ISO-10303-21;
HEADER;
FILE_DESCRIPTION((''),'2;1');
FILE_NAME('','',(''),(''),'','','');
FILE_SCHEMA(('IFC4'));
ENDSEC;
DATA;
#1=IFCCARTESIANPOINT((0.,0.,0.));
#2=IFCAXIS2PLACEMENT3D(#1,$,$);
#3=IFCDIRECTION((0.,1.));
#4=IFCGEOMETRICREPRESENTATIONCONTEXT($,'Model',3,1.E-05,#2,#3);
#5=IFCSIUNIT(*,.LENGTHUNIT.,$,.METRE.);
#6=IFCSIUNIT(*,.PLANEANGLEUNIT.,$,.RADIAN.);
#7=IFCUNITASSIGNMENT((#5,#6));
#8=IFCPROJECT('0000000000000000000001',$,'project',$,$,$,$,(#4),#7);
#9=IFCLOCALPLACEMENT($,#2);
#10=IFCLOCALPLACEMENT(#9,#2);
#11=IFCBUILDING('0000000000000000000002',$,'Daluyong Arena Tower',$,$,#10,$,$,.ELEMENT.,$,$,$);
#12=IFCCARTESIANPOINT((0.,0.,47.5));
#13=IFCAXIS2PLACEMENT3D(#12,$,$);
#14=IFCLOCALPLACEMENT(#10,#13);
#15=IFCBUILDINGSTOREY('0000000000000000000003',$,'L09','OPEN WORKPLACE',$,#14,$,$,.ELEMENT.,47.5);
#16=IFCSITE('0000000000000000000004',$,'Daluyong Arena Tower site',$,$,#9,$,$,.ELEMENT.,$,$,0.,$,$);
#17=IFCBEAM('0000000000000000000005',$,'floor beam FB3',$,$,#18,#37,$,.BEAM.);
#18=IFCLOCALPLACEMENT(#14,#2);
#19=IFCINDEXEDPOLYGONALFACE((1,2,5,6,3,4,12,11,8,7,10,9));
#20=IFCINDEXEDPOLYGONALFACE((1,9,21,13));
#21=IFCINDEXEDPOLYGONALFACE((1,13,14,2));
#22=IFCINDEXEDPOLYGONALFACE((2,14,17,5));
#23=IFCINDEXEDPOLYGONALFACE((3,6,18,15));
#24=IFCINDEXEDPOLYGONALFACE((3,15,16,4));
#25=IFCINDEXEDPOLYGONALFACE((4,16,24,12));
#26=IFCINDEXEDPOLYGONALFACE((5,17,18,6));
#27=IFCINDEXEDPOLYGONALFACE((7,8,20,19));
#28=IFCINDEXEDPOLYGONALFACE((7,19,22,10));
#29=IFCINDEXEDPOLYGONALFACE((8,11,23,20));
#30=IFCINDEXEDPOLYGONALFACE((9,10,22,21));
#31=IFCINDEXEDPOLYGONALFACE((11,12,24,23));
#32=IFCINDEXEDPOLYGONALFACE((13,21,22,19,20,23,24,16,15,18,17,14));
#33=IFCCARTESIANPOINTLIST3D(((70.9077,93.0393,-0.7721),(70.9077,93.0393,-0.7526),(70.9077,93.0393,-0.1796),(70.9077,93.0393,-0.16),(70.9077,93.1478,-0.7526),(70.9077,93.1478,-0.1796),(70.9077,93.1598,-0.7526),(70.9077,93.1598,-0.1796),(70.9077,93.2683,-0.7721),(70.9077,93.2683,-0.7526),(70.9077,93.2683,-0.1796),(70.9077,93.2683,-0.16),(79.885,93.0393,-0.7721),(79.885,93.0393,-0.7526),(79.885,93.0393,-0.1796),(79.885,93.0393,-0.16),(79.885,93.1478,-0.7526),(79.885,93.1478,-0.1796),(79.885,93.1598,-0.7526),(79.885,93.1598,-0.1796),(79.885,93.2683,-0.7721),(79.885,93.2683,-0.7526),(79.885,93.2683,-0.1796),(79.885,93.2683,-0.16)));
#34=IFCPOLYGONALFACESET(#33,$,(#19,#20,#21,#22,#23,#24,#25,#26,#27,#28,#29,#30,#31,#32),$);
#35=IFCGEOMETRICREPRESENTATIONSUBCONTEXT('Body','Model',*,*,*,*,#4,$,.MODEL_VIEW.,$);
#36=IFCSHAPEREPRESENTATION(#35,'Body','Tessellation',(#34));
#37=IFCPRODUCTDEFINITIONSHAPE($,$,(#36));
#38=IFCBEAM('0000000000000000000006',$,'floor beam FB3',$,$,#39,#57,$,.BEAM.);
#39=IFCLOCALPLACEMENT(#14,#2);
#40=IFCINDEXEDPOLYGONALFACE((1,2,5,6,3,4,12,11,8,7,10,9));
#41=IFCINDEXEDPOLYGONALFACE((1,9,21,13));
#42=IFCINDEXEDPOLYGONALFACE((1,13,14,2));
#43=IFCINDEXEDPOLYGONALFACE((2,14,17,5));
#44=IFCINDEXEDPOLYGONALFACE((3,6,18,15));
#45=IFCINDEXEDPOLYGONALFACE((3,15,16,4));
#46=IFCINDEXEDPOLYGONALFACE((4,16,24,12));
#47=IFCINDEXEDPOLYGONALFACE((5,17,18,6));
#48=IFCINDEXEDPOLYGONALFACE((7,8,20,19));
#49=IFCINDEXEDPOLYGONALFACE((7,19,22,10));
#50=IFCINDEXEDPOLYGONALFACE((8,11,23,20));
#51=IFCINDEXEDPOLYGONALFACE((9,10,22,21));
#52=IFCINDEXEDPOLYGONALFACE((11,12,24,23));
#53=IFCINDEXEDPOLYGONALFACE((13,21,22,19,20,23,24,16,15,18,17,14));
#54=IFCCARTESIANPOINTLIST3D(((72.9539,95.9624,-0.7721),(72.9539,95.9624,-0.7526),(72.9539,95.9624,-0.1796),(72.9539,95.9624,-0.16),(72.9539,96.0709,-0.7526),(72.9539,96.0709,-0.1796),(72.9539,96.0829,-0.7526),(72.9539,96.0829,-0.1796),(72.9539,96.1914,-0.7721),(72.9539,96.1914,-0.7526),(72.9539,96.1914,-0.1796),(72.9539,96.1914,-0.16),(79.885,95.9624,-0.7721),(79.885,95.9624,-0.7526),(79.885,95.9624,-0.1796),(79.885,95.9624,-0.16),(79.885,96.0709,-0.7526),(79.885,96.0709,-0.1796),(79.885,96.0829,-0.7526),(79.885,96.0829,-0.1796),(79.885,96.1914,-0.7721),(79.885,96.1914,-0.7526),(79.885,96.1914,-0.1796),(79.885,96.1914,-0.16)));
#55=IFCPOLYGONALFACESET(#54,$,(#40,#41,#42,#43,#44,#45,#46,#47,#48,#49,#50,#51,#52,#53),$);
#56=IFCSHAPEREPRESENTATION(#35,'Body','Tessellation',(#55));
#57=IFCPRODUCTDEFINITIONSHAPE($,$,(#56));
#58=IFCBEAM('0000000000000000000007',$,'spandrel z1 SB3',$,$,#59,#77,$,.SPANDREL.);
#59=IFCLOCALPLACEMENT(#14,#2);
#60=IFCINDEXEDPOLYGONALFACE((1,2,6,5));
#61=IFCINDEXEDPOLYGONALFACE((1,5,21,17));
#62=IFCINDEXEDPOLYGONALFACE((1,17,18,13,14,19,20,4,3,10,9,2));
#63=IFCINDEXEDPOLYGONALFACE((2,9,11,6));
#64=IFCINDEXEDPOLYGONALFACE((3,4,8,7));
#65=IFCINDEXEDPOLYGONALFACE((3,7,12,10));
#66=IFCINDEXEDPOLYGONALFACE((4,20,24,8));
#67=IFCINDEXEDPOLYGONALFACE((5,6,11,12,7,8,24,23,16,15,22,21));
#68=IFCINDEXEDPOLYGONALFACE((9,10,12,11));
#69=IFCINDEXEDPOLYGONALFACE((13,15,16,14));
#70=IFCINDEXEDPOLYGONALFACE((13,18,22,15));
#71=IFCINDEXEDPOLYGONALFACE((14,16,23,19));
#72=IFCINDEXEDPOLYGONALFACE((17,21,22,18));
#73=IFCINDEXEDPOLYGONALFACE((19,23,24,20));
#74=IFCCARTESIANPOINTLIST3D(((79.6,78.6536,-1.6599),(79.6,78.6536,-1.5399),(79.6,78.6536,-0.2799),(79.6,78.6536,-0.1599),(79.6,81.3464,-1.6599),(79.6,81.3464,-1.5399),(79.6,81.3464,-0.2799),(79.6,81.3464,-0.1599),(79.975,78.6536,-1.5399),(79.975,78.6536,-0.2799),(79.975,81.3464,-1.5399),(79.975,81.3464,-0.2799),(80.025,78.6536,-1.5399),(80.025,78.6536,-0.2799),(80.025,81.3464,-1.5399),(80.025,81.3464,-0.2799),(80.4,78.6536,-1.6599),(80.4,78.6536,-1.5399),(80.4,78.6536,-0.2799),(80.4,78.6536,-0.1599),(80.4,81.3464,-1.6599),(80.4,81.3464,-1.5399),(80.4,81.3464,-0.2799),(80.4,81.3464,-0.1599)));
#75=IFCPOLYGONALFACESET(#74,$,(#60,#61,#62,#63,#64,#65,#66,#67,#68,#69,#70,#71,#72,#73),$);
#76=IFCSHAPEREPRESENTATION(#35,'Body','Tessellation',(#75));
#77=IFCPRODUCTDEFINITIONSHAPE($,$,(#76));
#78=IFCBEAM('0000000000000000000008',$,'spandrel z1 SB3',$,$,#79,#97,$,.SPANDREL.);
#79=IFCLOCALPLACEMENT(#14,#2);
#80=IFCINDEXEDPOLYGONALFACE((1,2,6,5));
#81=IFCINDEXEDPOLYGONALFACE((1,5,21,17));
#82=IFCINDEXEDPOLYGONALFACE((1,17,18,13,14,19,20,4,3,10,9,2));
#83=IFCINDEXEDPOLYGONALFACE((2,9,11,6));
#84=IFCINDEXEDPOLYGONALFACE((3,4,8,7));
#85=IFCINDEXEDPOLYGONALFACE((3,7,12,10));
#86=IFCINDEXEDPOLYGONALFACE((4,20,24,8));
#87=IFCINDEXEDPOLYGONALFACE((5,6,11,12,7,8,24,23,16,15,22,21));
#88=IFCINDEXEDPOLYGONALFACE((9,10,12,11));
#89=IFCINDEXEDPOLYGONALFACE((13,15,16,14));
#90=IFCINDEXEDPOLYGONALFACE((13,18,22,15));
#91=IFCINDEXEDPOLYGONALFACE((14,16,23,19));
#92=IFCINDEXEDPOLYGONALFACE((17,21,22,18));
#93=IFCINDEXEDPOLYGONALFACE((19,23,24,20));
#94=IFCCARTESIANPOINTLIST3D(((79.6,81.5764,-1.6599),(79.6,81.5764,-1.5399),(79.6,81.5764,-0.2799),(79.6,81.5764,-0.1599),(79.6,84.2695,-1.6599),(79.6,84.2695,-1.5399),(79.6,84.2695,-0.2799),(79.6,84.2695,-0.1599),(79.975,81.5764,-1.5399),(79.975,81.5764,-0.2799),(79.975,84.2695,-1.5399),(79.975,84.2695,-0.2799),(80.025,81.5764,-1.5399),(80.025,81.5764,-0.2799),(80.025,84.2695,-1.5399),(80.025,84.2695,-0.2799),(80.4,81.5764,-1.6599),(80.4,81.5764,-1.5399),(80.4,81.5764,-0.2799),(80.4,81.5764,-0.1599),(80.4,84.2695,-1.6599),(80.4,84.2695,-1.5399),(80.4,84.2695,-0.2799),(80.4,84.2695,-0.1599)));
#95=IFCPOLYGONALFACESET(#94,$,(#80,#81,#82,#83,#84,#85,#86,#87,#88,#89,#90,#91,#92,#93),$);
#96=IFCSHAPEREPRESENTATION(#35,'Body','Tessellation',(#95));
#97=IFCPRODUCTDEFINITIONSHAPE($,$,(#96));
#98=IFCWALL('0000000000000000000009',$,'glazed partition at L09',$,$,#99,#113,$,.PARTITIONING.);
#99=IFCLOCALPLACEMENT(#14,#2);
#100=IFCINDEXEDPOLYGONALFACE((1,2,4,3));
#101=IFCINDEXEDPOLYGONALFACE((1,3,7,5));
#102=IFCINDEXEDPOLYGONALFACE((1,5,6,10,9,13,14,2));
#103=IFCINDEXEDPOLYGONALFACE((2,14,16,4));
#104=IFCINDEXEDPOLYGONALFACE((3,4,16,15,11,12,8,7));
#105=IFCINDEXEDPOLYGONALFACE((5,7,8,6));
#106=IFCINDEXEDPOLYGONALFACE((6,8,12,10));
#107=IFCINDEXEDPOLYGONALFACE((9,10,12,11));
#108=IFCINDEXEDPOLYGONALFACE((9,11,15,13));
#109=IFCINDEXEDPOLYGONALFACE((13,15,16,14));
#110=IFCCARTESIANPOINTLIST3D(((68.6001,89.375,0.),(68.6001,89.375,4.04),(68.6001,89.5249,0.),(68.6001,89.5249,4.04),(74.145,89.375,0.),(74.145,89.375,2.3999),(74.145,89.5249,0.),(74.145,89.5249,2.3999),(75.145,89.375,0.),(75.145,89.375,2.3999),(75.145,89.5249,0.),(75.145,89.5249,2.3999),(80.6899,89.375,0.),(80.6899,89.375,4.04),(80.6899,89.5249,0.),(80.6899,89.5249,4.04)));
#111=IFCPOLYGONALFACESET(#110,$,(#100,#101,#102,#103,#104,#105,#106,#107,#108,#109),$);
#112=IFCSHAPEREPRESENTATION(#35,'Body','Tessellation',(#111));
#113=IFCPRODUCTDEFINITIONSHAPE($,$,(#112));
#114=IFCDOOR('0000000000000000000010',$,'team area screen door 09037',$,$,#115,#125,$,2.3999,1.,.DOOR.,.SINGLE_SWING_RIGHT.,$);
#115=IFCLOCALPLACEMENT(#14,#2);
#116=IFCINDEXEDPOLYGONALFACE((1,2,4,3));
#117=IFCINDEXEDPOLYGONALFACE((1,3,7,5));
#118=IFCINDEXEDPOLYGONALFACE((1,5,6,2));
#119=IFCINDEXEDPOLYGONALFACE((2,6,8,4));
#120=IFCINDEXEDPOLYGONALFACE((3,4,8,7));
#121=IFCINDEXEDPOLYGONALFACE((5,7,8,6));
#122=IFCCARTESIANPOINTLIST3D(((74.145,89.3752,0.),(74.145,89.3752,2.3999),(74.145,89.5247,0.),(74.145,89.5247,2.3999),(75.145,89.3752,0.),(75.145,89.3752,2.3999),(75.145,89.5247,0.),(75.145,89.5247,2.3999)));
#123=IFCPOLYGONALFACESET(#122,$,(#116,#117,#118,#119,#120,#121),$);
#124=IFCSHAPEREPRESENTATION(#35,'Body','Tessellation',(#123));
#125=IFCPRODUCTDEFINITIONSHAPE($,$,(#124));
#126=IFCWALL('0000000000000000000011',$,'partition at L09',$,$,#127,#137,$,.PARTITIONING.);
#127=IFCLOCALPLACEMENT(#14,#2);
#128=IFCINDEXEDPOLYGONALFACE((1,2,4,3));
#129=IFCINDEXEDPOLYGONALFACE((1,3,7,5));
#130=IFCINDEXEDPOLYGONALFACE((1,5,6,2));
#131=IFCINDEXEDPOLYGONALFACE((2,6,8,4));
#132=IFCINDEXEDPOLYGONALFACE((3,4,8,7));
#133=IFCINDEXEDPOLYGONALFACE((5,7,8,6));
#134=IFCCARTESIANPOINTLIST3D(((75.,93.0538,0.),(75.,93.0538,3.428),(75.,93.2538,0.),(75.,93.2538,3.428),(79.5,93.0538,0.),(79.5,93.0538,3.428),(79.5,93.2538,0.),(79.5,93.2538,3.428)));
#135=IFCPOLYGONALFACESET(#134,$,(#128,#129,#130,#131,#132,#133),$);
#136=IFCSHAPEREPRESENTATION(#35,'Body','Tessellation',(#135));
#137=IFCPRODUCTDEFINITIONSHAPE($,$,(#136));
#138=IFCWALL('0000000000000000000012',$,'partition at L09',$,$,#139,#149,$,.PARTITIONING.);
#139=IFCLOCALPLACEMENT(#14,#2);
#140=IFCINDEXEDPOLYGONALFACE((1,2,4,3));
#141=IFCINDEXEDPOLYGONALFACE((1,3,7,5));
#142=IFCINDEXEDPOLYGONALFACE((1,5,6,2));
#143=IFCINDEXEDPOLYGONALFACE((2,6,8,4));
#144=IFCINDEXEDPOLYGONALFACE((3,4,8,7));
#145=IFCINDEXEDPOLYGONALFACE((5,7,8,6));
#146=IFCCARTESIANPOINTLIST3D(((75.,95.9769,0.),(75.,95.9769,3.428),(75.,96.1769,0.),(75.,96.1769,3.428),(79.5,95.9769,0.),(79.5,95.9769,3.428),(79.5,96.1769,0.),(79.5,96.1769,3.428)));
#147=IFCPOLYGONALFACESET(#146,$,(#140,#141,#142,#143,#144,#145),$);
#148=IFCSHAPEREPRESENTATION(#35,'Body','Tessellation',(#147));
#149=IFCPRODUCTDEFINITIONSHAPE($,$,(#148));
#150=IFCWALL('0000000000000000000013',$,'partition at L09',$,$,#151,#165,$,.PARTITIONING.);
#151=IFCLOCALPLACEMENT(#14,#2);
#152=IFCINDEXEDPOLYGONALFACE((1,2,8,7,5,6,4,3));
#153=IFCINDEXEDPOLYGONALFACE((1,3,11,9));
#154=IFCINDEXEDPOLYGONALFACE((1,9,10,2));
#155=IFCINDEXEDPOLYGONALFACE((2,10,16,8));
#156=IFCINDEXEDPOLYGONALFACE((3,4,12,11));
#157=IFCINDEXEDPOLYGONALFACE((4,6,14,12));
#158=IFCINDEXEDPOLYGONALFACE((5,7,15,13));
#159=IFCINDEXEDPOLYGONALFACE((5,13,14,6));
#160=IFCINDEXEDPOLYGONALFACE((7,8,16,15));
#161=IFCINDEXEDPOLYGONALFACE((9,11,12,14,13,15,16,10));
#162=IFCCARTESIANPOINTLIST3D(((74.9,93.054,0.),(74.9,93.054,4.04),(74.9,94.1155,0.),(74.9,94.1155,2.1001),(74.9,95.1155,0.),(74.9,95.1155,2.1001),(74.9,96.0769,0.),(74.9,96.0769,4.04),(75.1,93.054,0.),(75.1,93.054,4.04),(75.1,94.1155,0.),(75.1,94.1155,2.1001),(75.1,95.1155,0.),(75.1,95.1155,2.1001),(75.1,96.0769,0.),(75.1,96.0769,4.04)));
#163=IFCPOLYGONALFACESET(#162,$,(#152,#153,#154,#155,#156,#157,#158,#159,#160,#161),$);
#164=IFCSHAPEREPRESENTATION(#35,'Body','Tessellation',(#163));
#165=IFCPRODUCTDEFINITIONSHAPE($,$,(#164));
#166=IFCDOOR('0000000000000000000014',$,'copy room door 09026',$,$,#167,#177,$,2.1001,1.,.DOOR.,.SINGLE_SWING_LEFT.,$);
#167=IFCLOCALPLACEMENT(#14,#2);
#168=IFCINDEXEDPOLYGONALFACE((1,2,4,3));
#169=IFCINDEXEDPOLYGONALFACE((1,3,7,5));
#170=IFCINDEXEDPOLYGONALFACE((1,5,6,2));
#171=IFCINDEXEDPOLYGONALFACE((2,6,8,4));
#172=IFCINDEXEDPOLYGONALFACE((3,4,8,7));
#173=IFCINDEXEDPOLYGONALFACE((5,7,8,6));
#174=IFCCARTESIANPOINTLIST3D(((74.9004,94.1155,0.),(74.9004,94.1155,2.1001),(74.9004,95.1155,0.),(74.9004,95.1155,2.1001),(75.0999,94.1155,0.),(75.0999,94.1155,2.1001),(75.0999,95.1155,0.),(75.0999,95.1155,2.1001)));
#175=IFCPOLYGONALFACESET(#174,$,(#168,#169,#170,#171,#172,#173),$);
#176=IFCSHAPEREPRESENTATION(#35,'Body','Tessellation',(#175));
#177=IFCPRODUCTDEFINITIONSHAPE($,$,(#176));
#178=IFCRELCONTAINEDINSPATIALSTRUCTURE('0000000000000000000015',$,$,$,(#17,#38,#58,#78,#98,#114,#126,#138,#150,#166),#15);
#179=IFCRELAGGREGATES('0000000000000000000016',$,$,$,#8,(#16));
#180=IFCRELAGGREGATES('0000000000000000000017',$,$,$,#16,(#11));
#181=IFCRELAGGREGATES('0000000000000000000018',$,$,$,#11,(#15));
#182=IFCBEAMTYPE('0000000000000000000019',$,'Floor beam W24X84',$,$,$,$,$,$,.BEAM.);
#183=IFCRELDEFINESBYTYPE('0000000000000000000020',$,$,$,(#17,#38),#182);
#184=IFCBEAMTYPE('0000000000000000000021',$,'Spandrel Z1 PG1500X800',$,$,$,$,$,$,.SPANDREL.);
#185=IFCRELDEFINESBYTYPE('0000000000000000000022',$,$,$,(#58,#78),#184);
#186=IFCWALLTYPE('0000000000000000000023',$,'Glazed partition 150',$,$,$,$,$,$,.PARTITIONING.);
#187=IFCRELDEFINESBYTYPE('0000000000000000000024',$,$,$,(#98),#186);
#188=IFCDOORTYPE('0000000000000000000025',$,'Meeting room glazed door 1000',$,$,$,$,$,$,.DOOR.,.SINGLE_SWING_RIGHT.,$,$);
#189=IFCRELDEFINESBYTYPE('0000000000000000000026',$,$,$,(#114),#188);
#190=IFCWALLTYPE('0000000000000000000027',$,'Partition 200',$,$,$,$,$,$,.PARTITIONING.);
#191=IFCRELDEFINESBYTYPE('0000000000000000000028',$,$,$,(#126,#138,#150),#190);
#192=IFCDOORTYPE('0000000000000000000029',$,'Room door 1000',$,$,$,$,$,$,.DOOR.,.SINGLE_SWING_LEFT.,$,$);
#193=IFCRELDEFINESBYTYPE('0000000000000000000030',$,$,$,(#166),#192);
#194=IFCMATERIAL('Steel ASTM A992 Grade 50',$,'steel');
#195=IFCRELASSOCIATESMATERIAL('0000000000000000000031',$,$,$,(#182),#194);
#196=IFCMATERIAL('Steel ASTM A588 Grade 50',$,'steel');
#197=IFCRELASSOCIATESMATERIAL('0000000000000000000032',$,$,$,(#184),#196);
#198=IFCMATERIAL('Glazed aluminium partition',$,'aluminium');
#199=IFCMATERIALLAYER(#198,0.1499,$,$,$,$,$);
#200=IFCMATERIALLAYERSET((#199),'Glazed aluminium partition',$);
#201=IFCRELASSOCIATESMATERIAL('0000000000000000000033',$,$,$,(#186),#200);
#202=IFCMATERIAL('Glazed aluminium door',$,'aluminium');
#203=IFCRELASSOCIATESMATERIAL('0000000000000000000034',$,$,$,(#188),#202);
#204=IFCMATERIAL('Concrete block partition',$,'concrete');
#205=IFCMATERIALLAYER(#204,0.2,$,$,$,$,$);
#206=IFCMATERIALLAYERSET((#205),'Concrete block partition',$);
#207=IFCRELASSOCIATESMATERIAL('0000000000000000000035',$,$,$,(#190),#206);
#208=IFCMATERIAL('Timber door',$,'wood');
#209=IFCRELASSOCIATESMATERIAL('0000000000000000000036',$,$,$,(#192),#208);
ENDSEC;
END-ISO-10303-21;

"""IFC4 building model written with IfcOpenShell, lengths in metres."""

from ifc_helpers import new_model, si_unit, direction, frame, frame_2d, origin, origin_2d, place, context, subcontext, project, spatial, rectangle, i_section, extrude, material, layer, layer_set, material_profile, profile_set, type_object, element, fill, save


model = new_model("IFC4")

# Units and contexts
model_context = context("Model", 3, precision=1e-05, world=origin(), true_north=direction((0.0, 1.0)))
body_context = subcontext(model_context, "Body", "Model", "MODEL_VIEW")
ifc_project = project(units=[si_unit("LENGTHUNIT", "METRE"), si_unit("PLANEANGLEUNIT", "RADIAN")], contexts=[model_context])

# Site, building, storey
site_placement = place(None, origin())
site = spatial("IfcSite", under=ifc_project, at=site_placement, Name="Daluyong Arena Tower site", CompositionType="ELEMENT", RefElevation=0.0)
building_placement = place(site_placement, origin())
building = spatial("IfcBuilding", under=site, at=building_placement, Name="Daluyong Arena Tower", CompositionType="ELEMENT")
storey_placement = place(building_placement, frame((0.0, 0.0, 47.5)))
storey = spatial("IfcBuildingStorey", under=building, at=storey_placement, Name="L09", Description="OPEN WORKPLACE", CompositionType="ELEMENT", Elevation=47.5)

# Beams
ifc_material_1 = material(Name="Steel ASTM A992 Grade 50", Category="steel")
ifc_material_profile_1 = material_profile(ifc_material_1, i_section(OverallWidth=0.229, OverallDepth=0.6121, WebThickness=0.012, FlangeThickness=0.0195, at=origin_2d()))
ifc_profile_set_1 = profile_set([ifc_material_profile_1], Name="Steel ASTM A992 Grade 50")
beam_type_1 = type_object("IfcBeamType", Name="Floor beam W24X84", PredefinedType="BEAM", material=ifc_profile_set_1)
beam_1_placement = place(storey_placement, frame((79.885, 93.1538, -0.4661), z_axis=(-1.0, 0.0, 0.0), x_axis=(0.0, -1.0, 0.0)))
element("IfcBeam", 1, at=beam_1_placement, inside=storey, type_object=beam_type_1, Name="floor beam FB3", PredefinedType="BEAM", context=body_context, shape_type="SweptSolid", body=[
    extrude(i_section(OverallWidth=0.229, OverallDepth=0.6121, WebThickness=0.012, FlangeThickness=0.0195, at=origin_2d()), origin(), (0.0, 0.0, 1.0), 8.9773),
])
beam_2_placement = place(storey_placement, frame((79.885, 96.0769, -0.4661), z_axis=(-1.0, 0.0, 0.0), x_axis=(0.0, -1.0, 0.0)))
element("IfcBeam", 2, at=beam_2_placement, inside=storey, type_object=beam_type_1, Name="floor beam FB3", PredefinedType="BEAM", context=body_context, shape_type="SweptSolid", body=[
    extrude(i_section(OverallWidth=0.229, OverallDepth=0.6121, WebThickness=0.012, FlangeThickness=0.0195, at=origin_2d()), origin(), (0.0, 0.0, 1.0), 6.9312),
])
ifc_material_2 = material(Name="Steel ASTM A588 Grade 50", Category="steel")
ifc_material_profile_2 = material_profile(ifc_material_2, i_section(OverallWidth=0.8, OverallDepth=1.5, WebThickness=0.05, FlangeThickness=0.12, at=origin_2d()))
ifc_profile_set_2 = profile_set([ifc_material_profile_2], Name="Steel ASTM A588 Grade 50")
beam_type_2 = type_object("IfcBeamType", Name="Spandrel Z1 PG1500X800", PredefinedType="SPANDREL", material=ifc_profile_set_2)
beam_3_placement = place(storey_placement, frame((80.0, 78.6536, -0.9099), z_axis=(0.0, 1.0, 0.0), x_axis=(-1.0, 0.0, 0.0)))
element("IfcBeam", 3, at=beam_3_placement, inside=storey, type_object=beam_type_2, Name="spandrel z1 SB3", PredefinedType="SPANDREL", context=body_context, shape_type="SweptSolid", body=[
    extrude(i_section(OverallWidth=0.8, OverallDepth=1.5, WebThickness=0.05, FlangeThickness=0.12, at=origin_2d()), origin(), (0.0, 0.0, 1.0), 2.6929),
])
beam_4_placement = place(storey_placement, frame((80.0, 81.5764, -0.9099), z_axis=(0.0, 1.0, 0.0), x_axis=(-1.0, 0.0, 0.0)))
element("IfcBeam", 4, at=beam_4_placement, inside=storey, type_object=beam_type_2, Name="spandrel z1 SB3", PredefinedType="SPANDREL", context=body_context, shape_type="SweptSolid", body=[
    extrude(i_section(OverallWidth=0.8, OverallDepth=1.5, WebThickness=0.05, FlangeThickness=0.12, at=origin_2d()), origin(), (0.0, 0.0, 1.0), 2.6931),
])

# Wall, opening, door
ifc_material_3 = material(Name="Glazed aluminium partition", Category="aluminium")
ifc_layer_1 = layer(ifc_material_3, 0.1499)
ifc_layer_set_1 = layer_set([ifc_layer_1], Name="Glazed aluminium partition")
wall_type_1 = type_object("IfcWallType", Name="Glazed partition 150", PredefinedType="PARTITIONING", material=ifc_layer_set_1)
wall_1_placement = place(storey_placement, frame((68.6001, 89.45, 0.0), z_axis=(0.0, 0.0, 1.0), x_axis=(1.0, 0.0, 0.0)))
wall_1 = element("IfcWall", 5, at=wall_1_placement, inside=storey, type_object=wall_type_1, Name="glazed partition at L09", PredefinedType="PARTITIONING", context=body_context, shape_type="SweptSolid", body=[
    extrude(rectangle(XDim=12.0898, YDim=0.1499, at=frame_2d((6.0449, 0.0))), origin(), (0.0, 0.0, 1.0), 4.04),
])
opening_1_placement = place(wall_1_placement, frame((5.5449, 0.0, 0.0)))
opening_1 = element("IfcOpeningElement", 6, at=opening_1_placement, cuts=wall_1, PredefinedType="OPENING", context=body_context, shape_type="SweptSolid", body=[
    extrude(rectangle(XDim=1.0, YDim=2.3999, at=frame_2d((0.5, 1.2))), frame((0.0, 0.085, 0.0), z_axis=(0.0, -1.0, 0.0), x_axis=(1.0, 0.0, 0.0)), (0.0, 0.0, 1.0), 0.1699),
])
ifc_material_4 = material(Name="Glazed aluminium door", Category="aluminium")
door_type_1 = type_object("IfcDoorType", Name="Meeting room glazed door 1000", OperationType="SINGLE_SWING_RIGHT", PredefinedType="DOOR", material=ifc_material_4)
door_1_placement = place(opening_1_placement, origin())
door_1 = element("IfcDoor", 7, at=door_1_placement, inside=storey, type_object=door_type_1, Name="team area screen door 09037", OperationType="SINGLE_SWING_RIGHT", OverallHeight=2.3999, OverallWidth=1.0, PredefinedType="DOOR", context=body_context, shape_type="SweptSolid", body=[
    extrude(rectangle(XDim=1.0, YDim=2.3999, at=frame_2d((0.5, 1.2))), frame((0.0, 0.0747, 0.0), z_axis=(0.0, -1.0, 0.0), x_axis=(1.0, 0.0, 0.0)), (0.0, 0.0, 1.0), 0.1494),
])
fill(opening_1, door_1)

# Walls
ifc_material_5 = material(Name="Concrete block partition", Category="concrete")
ifc_layer_2 = layer(ifc_material_5, 0.2)
ifc_layer_set_2 = layer_set([ifc_layer_2], Name="Concrete block partition")
wall_type_2 = type_object("IfcWallType", Name="Partition 200", PredefinedType="PARTITIONING", material=ifc_layer_set_2)
for number, where, z_axis, x_axis, name in (
    (8, (75.0, 93.1538, 0.0), (0.0, 0.0, 1.0), (1.0, 0.0, 0.0), "partition at L09"),
    (9, (75.0, 96.0769, 0.0), (0.0, 0.0, 1.0), (1.0, 0.0, 0.0), "partition at L09"),
):
    element("IfcWall", number, at=place(storey_placement, frame(where, z_axis=z_axis, x_axis=x_axis)), inside=storey, type_object=wall_type_2, Name=name, PredefinedType="PARTITIONING", context=body_context, shape_type="SweptSolid", body=[
        extrude(rectangle(XDim=4.5, YDim=0.2, at=frame_2d((2.25, 0.0))), origin(), (0.0, 0.0, 1.0), 3.428),
    ])

# Wall, opening, door
wall_2_placement = place(storey_placement, frame((75.0, 93.054, 0.0), z_axis=(0.0, 0.0, 1.0), x_axis=(0.0, 1.0, 0.0)))
wall_2 = element("IfcWall", 10, at=wall_2_placement, inside=storey, type_object=wall_type_2, Name="partition at L09", PredefinedType="PARTITIONING", context=body_context, shape_type="SweptSolid", body=[
    extrude(rectangle(XDim=3.0229, YDim=0.2, at=frame_2d((1.5115, 0.0))), origin(), (0.0, 0.0, 1.0), 4.04),
])
opening_2_placement = place(wall_2_placement, frame((1.0615, 0.0, 0.0)))
opening_2 = element("IfcOpeningElement", 11, at=opening_2_placement, cuts=wall_2, PredefinedType="OPENING", context=body_context, shape_type="SweptSolid", body=[
    extrude(rectangle(XDim=1.0, YDim=2.1001, at=frame_2d((0.5, 1.05))), frame((0.0, 0.1099, 0.0), z_axis=(0.0, -1.0, 0.0), x_axis=(1.0, 0.0, 0.0)), (0.0, 0.0, 1.0), 0.22),
])
ifc_material_6 = material(Name="Timber door", Category="wood")
door_type_2 = type_object("IfcDoorType", Name="Room door 1000", OperationType="SINGLE_SWING_LEFT", PredefinedType="DOOR", material=ifc_material_6)
door_2_placement = place(opening_2_placement, origin())
door_2 = element("IfcDoor", 12, at=door_2_placement, inside=storey, type_object=door_type_2, Name="copy room door 09026", OperationType="SINGLE_SWING_LEFT", OverallHeight=2.1001, OverallWidth=1.0, PredefinedType="DOOR", context=body_context, shape_type="SweptSolid", body=[
    extrude(rectangle(XDim=1.0, YDim=2.1001, at=frame_2d((0.5, 1.05))), frame((0.0, 0.0996, 0.0), z_axis=(0.0, -1.0, 0.0), x_axis=(1.0, 0.0, 0.0)), (0.0, 0.0, 1.0), 0.1995),
])
fill(opening_2, door_2)

save(model, "model.ifc")
